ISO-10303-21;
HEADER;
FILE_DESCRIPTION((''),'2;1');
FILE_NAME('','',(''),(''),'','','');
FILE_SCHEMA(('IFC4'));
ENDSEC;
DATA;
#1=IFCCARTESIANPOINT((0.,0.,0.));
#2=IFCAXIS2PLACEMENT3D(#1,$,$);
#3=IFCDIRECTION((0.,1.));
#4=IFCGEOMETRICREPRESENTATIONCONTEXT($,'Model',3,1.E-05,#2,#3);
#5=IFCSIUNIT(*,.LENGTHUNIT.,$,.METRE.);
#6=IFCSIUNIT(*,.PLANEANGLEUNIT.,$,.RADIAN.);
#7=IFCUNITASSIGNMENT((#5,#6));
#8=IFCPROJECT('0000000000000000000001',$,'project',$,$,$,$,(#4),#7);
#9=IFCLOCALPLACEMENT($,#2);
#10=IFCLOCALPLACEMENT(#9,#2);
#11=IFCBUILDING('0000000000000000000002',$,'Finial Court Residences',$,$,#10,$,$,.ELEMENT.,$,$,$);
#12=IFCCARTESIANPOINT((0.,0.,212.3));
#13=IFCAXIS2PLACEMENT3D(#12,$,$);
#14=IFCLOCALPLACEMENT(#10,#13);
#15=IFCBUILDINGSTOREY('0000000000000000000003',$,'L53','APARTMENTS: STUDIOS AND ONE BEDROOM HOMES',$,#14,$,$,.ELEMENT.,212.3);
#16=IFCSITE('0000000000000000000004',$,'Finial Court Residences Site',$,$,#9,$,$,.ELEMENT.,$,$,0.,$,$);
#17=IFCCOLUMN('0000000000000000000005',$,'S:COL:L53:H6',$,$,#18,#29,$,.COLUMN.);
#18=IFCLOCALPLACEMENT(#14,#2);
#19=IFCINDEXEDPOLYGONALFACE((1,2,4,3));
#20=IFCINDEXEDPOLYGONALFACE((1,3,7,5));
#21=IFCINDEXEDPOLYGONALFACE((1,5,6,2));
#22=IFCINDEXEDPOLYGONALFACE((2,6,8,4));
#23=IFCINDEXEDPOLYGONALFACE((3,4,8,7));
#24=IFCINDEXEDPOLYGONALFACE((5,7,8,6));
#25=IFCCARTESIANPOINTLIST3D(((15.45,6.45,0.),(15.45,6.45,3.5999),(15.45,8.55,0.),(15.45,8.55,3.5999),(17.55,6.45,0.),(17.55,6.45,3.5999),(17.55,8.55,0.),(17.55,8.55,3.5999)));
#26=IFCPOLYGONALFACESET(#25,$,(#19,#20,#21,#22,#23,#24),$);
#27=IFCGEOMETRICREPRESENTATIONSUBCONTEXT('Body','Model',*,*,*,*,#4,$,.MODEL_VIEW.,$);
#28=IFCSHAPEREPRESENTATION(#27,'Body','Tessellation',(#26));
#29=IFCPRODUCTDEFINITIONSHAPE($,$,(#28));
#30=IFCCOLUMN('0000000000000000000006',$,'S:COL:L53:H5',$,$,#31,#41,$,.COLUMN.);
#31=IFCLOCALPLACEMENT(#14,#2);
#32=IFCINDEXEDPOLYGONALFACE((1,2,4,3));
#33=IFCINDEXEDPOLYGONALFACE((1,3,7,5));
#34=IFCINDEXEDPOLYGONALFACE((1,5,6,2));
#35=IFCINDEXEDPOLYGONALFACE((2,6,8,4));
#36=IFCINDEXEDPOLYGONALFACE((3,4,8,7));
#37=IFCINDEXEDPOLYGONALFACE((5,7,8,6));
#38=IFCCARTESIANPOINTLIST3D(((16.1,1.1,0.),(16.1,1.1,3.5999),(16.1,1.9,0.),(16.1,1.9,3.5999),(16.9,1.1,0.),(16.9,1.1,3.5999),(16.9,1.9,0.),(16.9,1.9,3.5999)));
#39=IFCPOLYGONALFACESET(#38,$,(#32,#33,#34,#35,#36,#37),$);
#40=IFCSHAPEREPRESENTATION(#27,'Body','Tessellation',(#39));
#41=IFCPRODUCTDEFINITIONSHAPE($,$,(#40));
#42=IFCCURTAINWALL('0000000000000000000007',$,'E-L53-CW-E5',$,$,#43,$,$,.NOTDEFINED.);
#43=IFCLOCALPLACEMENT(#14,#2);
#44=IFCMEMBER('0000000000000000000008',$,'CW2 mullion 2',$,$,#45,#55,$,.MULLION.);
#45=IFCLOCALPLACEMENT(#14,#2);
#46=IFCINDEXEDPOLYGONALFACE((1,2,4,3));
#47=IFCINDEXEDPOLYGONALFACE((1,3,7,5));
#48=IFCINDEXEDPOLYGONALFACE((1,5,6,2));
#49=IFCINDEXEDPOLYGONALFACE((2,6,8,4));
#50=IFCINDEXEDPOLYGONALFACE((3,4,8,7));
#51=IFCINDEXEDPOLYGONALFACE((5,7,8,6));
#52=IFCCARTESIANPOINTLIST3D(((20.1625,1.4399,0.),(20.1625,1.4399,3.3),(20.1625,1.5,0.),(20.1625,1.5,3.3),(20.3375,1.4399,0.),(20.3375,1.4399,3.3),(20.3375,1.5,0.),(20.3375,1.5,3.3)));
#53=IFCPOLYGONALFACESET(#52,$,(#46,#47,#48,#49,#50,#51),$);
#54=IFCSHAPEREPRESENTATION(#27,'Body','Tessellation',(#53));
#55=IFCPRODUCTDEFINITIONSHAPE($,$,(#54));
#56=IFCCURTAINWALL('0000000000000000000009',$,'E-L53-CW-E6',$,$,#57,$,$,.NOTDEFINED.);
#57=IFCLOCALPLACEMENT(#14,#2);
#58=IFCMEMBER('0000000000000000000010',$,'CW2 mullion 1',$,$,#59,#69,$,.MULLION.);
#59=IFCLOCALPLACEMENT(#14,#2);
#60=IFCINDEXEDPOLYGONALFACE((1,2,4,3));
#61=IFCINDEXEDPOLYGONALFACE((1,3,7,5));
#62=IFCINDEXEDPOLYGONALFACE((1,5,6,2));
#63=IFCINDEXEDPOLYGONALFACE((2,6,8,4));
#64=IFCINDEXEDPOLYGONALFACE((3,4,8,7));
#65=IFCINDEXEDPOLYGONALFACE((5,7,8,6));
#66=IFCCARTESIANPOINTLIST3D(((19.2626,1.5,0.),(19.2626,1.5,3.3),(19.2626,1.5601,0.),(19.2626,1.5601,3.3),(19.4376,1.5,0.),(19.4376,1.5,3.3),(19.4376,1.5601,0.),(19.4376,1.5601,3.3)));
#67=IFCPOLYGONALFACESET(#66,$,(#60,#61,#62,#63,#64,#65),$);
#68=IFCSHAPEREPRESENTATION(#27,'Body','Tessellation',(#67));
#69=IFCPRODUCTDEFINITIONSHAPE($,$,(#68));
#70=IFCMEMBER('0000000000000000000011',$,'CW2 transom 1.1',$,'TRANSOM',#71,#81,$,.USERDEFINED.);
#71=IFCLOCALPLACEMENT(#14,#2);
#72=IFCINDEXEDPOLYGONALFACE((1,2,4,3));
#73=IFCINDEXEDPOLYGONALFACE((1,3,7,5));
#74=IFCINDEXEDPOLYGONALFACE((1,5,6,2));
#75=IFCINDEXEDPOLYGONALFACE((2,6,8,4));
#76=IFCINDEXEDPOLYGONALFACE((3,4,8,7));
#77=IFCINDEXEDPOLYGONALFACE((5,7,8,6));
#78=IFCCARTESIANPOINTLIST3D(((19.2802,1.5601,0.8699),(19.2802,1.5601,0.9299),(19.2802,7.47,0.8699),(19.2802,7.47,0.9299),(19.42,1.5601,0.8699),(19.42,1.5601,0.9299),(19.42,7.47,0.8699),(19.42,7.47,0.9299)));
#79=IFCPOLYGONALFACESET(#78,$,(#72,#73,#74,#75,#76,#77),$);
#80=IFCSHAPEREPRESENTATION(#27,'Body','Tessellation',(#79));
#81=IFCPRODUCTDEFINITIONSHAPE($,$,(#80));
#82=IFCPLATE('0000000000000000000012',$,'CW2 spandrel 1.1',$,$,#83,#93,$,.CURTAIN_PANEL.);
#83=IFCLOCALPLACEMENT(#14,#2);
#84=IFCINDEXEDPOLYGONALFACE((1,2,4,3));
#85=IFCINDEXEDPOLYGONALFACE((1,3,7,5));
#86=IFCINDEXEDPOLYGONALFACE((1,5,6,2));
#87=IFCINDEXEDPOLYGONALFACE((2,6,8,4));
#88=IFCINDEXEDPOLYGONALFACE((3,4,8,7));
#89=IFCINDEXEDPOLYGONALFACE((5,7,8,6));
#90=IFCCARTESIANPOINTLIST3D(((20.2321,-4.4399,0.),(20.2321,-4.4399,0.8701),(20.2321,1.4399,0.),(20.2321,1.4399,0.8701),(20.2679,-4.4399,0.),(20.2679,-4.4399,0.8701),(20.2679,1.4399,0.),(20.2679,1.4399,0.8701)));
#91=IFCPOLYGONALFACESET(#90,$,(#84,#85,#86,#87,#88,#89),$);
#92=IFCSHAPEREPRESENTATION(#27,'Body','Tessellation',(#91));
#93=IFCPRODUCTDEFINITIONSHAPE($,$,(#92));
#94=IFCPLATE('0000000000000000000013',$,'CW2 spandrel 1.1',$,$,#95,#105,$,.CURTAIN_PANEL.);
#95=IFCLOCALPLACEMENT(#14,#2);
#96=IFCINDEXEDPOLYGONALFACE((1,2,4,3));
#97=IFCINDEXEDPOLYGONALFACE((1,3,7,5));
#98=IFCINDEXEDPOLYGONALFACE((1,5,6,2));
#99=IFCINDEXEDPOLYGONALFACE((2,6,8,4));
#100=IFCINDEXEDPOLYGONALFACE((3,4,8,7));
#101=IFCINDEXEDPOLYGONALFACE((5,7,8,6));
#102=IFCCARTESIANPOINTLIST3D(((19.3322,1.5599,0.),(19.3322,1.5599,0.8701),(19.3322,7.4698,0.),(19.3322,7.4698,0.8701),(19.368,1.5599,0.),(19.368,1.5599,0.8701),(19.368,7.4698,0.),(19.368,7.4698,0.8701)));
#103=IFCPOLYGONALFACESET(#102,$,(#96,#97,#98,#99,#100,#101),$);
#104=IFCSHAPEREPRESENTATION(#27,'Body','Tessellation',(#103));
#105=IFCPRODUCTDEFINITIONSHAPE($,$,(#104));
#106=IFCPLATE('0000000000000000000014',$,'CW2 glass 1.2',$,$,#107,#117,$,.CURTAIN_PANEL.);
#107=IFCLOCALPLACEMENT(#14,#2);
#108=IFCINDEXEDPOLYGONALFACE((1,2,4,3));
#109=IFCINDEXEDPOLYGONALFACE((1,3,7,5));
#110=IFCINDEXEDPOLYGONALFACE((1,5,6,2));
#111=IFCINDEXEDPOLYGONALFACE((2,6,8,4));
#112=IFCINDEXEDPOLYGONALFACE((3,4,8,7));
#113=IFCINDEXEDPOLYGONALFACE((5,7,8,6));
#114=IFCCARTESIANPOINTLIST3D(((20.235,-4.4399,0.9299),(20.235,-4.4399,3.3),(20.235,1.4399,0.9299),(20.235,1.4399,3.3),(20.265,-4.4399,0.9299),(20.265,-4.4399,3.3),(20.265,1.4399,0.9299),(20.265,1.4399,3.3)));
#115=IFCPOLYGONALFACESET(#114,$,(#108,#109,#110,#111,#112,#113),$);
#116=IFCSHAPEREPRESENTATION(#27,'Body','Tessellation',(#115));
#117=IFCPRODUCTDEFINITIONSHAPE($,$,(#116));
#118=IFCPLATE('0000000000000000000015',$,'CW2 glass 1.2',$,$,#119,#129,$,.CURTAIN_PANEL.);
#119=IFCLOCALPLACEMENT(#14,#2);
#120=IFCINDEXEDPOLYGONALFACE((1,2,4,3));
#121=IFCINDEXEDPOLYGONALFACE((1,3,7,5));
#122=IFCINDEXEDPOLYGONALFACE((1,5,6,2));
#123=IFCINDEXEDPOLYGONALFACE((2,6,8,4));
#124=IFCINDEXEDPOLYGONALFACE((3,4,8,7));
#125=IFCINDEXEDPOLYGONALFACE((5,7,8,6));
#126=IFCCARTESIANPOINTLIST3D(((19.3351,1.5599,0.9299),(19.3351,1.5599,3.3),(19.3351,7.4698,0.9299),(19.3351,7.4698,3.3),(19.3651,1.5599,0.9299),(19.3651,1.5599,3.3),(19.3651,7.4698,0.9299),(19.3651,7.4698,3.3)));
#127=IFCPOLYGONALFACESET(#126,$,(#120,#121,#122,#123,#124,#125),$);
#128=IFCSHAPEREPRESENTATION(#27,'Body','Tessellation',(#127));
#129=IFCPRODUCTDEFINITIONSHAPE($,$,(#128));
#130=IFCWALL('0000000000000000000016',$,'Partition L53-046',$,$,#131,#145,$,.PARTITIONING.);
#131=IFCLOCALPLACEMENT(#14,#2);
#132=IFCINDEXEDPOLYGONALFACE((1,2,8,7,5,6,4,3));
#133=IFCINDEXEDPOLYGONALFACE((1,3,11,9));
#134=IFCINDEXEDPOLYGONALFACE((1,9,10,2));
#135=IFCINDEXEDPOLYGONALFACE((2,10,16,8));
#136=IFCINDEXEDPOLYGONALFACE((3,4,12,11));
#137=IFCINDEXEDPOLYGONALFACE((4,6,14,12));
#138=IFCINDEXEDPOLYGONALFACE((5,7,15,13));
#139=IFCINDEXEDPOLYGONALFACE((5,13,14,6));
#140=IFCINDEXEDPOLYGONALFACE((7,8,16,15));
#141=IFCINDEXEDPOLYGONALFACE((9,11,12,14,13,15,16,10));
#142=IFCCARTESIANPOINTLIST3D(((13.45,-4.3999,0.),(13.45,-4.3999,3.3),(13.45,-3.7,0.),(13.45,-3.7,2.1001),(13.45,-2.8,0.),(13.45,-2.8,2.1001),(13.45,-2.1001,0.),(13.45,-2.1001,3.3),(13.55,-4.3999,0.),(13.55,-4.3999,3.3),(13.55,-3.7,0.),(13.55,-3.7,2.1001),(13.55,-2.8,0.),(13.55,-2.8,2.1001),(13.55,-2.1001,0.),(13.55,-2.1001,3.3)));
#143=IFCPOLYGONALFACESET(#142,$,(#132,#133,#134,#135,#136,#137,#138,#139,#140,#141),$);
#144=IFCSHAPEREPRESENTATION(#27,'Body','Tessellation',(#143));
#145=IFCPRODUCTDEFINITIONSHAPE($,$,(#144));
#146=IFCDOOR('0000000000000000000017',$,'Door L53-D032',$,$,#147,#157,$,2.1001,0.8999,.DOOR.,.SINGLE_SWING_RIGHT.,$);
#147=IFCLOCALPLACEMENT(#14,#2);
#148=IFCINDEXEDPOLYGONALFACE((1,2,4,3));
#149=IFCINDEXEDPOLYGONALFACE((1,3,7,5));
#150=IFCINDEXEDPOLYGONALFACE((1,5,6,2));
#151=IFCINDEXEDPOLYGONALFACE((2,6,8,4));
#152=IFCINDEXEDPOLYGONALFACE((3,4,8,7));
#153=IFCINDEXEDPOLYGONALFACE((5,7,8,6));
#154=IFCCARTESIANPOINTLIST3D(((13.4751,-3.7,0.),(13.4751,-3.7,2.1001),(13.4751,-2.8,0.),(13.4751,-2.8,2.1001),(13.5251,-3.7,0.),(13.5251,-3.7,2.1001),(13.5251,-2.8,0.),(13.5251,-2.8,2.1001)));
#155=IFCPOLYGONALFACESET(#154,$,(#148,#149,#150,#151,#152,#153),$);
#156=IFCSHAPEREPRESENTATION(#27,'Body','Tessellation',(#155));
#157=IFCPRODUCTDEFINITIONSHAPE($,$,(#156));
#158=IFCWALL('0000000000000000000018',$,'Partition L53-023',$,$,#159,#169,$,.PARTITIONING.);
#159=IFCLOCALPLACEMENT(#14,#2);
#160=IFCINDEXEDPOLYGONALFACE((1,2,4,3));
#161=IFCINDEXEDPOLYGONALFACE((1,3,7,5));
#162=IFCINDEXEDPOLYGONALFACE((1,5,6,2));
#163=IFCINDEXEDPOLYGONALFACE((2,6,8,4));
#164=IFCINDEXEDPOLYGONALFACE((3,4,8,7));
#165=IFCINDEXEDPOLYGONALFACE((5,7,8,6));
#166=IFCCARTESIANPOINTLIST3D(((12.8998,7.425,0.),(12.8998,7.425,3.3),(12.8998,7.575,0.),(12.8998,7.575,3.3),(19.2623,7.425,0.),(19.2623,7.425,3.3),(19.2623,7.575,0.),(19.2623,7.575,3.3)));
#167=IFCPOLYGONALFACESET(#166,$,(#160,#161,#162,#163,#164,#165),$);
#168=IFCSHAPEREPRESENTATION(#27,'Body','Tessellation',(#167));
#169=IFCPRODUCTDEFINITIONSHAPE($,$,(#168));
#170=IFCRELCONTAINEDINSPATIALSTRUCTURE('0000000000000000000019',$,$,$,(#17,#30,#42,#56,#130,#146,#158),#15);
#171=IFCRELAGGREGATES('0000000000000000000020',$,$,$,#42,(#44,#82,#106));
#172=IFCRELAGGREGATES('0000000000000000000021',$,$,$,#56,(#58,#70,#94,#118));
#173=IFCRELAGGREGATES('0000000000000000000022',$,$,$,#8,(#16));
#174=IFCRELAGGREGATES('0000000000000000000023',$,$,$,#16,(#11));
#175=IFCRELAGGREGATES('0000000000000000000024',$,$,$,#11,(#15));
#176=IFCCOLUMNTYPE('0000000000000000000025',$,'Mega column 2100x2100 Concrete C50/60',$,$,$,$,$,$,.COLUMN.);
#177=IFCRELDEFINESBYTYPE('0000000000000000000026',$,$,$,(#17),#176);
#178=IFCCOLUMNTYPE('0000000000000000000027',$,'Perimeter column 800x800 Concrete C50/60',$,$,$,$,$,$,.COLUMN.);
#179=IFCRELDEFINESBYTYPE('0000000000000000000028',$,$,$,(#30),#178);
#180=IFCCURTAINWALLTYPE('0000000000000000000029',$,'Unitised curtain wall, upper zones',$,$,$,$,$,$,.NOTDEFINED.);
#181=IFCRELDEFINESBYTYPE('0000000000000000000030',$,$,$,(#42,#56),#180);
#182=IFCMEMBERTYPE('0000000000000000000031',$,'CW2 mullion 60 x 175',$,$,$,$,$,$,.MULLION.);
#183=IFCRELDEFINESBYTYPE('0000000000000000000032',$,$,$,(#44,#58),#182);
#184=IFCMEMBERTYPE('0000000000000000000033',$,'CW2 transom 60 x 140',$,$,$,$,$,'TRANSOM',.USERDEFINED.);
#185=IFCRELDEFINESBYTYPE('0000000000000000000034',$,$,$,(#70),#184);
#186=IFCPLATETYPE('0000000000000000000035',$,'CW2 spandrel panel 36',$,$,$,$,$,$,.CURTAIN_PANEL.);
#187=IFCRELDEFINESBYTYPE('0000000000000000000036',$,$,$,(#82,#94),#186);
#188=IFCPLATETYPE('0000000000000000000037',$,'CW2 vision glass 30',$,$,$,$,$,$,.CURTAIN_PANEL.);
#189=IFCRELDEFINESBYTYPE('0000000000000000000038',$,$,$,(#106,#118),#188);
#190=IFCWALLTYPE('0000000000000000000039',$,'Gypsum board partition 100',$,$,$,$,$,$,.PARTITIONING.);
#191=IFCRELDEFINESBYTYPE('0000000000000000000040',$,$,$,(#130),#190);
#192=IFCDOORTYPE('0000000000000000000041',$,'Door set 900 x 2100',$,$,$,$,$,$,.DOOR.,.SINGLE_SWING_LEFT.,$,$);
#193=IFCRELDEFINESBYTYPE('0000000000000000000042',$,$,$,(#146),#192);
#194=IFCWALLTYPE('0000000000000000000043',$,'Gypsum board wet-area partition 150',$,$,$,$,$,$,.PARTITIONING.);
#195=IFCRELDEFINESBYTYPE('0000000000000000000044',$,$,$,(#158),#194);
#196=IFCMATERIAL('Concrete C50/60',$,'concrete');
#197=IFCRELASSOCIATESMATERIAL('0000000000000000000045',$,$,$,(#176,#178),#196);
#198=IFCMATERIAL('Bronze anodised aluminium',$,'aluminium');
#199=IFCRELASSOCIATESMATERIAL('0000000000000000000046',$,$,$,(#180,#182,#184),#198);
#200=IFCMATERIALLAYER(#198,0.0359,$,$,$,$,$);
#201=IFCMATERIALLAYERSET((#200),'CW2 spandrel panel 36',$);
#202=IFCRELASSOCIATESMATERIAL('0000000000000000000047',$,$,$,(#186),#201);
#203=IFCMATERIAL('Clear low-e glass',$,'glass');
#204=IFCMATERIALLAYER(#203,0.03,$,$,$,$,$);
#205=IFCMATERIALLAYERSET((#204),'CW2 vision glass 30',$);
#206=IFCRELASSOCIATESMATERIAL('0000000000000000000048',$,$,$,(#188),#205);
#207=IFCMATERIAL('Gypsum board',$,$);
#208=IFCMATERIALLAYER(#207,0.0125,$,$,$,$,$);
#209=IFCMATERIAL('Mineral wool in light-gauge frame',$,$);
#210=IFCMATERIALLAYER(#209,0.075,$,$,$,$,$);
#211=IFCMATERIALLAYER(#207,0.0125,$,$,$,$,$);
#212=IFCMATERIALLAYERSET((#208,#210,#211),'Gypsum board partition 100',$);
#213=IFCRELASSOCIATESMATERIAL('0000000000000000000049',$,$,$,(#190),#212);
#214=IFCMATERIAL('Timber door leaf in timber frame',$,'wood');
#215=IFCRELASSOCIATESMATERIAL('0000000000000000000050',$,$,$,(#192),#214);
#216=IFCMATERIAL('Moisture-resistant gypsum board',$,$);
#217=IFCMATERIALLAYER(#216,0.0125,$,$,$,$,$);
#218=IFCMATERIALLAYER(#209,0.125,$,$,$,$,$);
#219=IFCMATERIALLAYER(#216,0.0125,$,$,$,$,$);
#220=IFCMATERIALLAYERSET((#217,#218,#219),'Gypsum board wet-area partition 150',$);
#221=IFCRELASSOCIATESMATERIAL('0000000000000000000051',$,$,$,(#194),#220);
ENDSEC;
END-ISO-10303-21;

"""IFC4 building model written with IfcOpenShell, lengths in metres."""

from ifc_helpers import new_model, si_unit, direction, frame, frame_2d, origin, origin_2d, place, context, subcontext, project, spatial, rectangle, extrude, material, layer, layer_set, material_profile, profile_set, type_object, element, fill, aggregate, save


model = new_model("IFC4")

# Units and contexts
model_context = context("Model", 3, precision=1e-05, world=origin(), true_north=direction((0.0, 1.0)))
body_context = subcontext(model_context, "Body", "Model", "MODEL_VIEW")
ifc_project = project(units=[si_unit("LENGTHUNIT", "METRE"), si_unit("PLANEANGLEUNIT", "RADIAN")], contexts=[model_context])

# Site, building, storey
site_placement = place(None, origin())
site = spatial("IfcSite", under=ifc_project, at=site_placement, Name="Finial Court Residences Site", CompositionType="ELEMENT", RefElevation=0.0)
building_placement = place(site_placement, origin())
building = spatial("IfcBuilding", under=site, at=building_placement, Name="Finial Court Residences", CompositionType="ELEMENT")
storey_placement = place(building_placement, frame((0.0, 0.0, 212.3)))
storey = spatial("IfcBuildingStorey", under=building, at=storey_placement, Name="L53", Description="APARTMENTS: STUDIOS AND ONE BEDROOM HOMES", CompositionType="ELEMENT", Elevation=212.3)

# Columns
ifc_material_1 = material(Name="Concrete C50/60", Category="concrete")
ifc_material_profile_1 = material_profile(ifc_material_1, rectangle(XDim=2.1001, YDim=2.1001, at=origin_2d()), Name="2100x2100")
ifc_profile_set_1 = profile_set([ifc_material_profile_1], Name="Concrete C50/60")
column_type_1 = type_object("IfcColumnType", Name="Mega column 2100x2100 Concrete C50/60", PredefinedType="COLUMN", material=ifc_profile_set_1)
column_1_placement = place(storey_placement, frame((16.5, 7.5, 0.0), z_axis=(0.0, 0.0, 1.0), x_axis=(1.0, 0.0, 0.0)))
element("IfcColumn", 1, at=column_1_placement, inside=storey, type_object=column_type_1, Name="S:COL:L53:H6", PredefinedType="COLUMN", context=body_context, shape_type="SweptSolid", body=[
    extrude(rectangle(XDim=2.1001, YDim=2.1001, at=origin_2d()), origin(), (0.0, 0.0, 1.0), 3.5999),
])
ifc_material_profile_2 = material_profile(ifc_material_1, rectangle(XDim=0.8, YDim=0.8, at=origin_2d()), Name="800x800")
ifc_profile_set_2 = profile_set([ifc_material_profile_2], Name="Concrete C50/60")
column_type_2 = type_object("IfcColumnType", Name="Perimeter column 800x800 Concrete C50/60", PredefinedType="COLUMN", material=ifc_profile_set_2)
column_2_placement = place(storey_placement, frame((16.5, 1.5, 0.0), z_axis=(0.0, 0.0, 1.0), x_axis=(1.0, 0.0, 0.0)))
element("IfcColumn", 2, at=column_2_placement, inside=storey, type_object=column_type_2, Name="S:COL:L53:H5", PredefinedType="COLUMN", context=body_context, shape_type="SweptSolid", body=[
    extrude(rectangle(XDim=0.8, YDim=0.8, at=origin_2d()), origin(), (0.0, 0.0, 1.0), 3.5999),
])

# Curtain wall, member
ifc_material_2 = material(Name="Bronze anodised aluminium", Category="aluminium")
curtain_wall_type = type_object("IfcCurtainWallType", Name="Unitised curtain wall, upper zones", PredefinedType="NOTDEFINED", material=ifc_material_2)
curtain_wall_1_placement = place(storey_placement, origin())
curtain_wall_1 = element("IfcCurtainWall", 3, at=curtain_wall_1_placement, inside=storey, type_object=curtain_wall_type, Name="E-L53-CW-E5", PredefinedType="NOTDEFINED")
ifc_material_profile_3 = material_profile(ifc_material_2, rectangle(XDim=0.175, YDim=0.0601, at=origin_2d()), Name="CW2 mullion 60 x 175")
ifc_profile_set_3 = profile_set([ifc_material_profile_3], Name="Bronze anodised aluminium")
member_type_1 = type_object("IfcMemberType", Name="CW2 mullion 60 x 175", PredefinedType="MULLION", material=ifc_profile_set_3)
member_1_placement = place(storey_placement, frame((20.25, 1.47, 0.0), z_axis=(0.0, 0.0, 1.0), x_axis=(-1.0, 0.0, 0.0)))
member_1 = element("IfcMember", 4, at=member_1_placement, type_object=member_type_1, Name="CW2 mullion 2", PredefinedType="MULLION", context=body_context, shape_type="SweptSolid", body=[
    extrude(rectangle(XDim=0.175, YDim=0.0601, at=origin_2d()), origin(), (0.0, 0.0, 1.0), 3.3),
])

# Curtain wall, members
curtain_wall_2_placement = place(storey_placement, origin())
curtain_wall_2 = element("IfcCurtainWall", 5, at=curtain_wall_2_placement, inside=storey, type_object=curtain_wall_type, Name="E-L53-CW-E6", PredefinedType="NOTDEFINED")
member_2_placement = place(storey_placement, frame((19.3501, 1.53, 0.0), z_axis=(0.0, 0.0, 1.0), x_axis=(-1.0, 0.0, 0.0)))
member_2 = element("IfcMember", 6, at=member_2_placement, type_object=member_type_1, Name="CW2 mullion 1", PredefinedType="MULLION", context=body_context, shape_type="SweptSolid", body=[
    extrude(rectangle(XDim=0.175, YDim=0.0601, at=origin_2d()), origin(), (0.0, 0.0, 1.0), 3.3),
])
ifc_material_profile_4 = material_profile(ifc_material_2, rectangle(XDim=0.1399, YDim=0.0601, at=origin_2d()), Name="CW2 transom 60 x 140")
ifc_profile_set_4 = profile_set([ifc_material_profile_4], Name="Bronze anodised aluminium")
member_type_2 = type_object("IfcMemberType", Name="CW2 transom 60 x 140", ElementType="TRANSOM", PredefinedType="USERDEFINED", material=ifc_profile_set_4)
member_3_placement = place(storey_placement, frame((19.3501, 1.5601, 0.8999), z_axis=(0.0, 1.0, 0.0), x_axis=(-1.0, 0.0, 0.0)))
member_3 = element("IfcMember", 7, at=member_3_placement, type_object=member_type_2, Name="CW2 transom 1.1", ObjectType="TRANSOM", PredefinedType="USERDEFINED", context=body_context, shape_type="SweptSolid", body=[
    extrude(rectangle(XDim=0.1399, YDim=0.0601, at=origin_2d()), origin(), (0.0, 0.0, 1.0), 5.9099),
])

# Plates
ifc_layer_1 = layer(ifc_material_2, 0.0359)
ifc_layer_set_1 = layer_set([ifc_layer_1], Name="CW2 spandrel panel 36")
plate_type_1 = type_object("IfcPlateType", Name="CW2 spandrel panel 36", PredefinedType="CURTAIN_PANEL", material=ifc_layer_set_1)
plate_1_placement = place(storey_placement, frame((20.25, -1.5, 0.0), z_axis=(0.0, 0.0, 1.0), x_axis=(0.0, 1.0, 0.0)))
plate_1 = element("IfcPlate", 8, at=plate_1_placement, type_object=plate_type_1, Name="CW2 spandrel 1.1", PredefinedType="CURTAIN_PANEL", context=body_context, shape_type="SweptSolid", body=[
    extrude(rectangle(XDim=5.8799, YDim=0.0359, at=origin_2d()), origin(), (0.0, 0.0, 1.0), 0.8701),
])
plate_2_placement = place(storey_placement, frame((19.3501, 4.5149, 0.0), z_axis=(0.0, 0.0, 1.0), x_axis=(0.0, 1.0, 0.0)))
plate_2 = element("IfcPlate", 9, at=plate_2_placement, type_object=plate_type_1, Name="CW2 spandrel 1.1", PredefinedType="CURTAIN_PANEL", context=body_context, shape_type="SweptSolid", body=[
    extrude(rectangle(XDim=5.9099, YDim=0.0359, at=origin_2d()), origin(), (0.0, 0.0, 1.0), 0.8701),
])
ifc_material_3 = material(Name="Clear low-e glass", Category="glass")
ifc_layer_2 = layer(ifc_material_3, 0.03)
ifc_layer_set_2 = layer_set([ifc_layer_2], Name="CW2 vision glass 30")
plate_type_2 = type_object("IfcPlateType", Name="CW2 vision glass 30", PredefinedType="CURTAIN_PANEL", material=ifc_layer_set_2)
plate_3_placement = place(storey_placement, frame((20.25, -1.5, 0.9299), z_axis=(0.0, 0.0, 1.0), x_axis=(0.0, 1.0, 0.0)))
plate_3 = element("IfcPlate", 10, at=plate_3_placement, type_object=plate_type_2, Name="CW2 glass 1.2", PredefinedType="CURTAIN_PANEL", context=body_context, shape_type="SweptSolid", body=[
    extrude(rectangle(XDim=5.8799, YDim=0.03, at=origin_2d()), origin(), (0.0, 0.0, 1.0), 2.3701),
])
aggregate(curtain_wall_1, [member_1, plate_1, plate_3])
plate_4_placement = place(storey_placement, frame((19.3501, 4.5149, 0.9299), z_axis=(0.0, 0.0, 1.0), x_axis=(0.0, 1.0, 0.0)))
plate_4 = element("IfcPlate", 11, at=plate_4_placement, type_object=plate_type_2, Name="CW2 glass 1.2", PredefinedType="CURTAIN_PANEL", context=body_context, shape_type="SweptSolid", body=[
    extrude(rectangle(XDim=5.9099, YDim=0.03, at=origin_2d()), origin(), (0.0, 0.0, 1.0), 2.3701),
])
aggregate(curtain_wall_2, [member_2, member_3, plate_2, plate_4])

# Wall, opening, door
ifc_material_4 = material(Name="Gypsum board")
ifc_layer_3 = layer(ifc_material_4, 0.0125)
ifc_material_5 = material(Name="Mineral wool in light-gauge frame")
ifc_layer_4 = layer(ifc_material_5, 0.075)
ifc_layer_5 = layer(ifc_material_4, 0.0125)
ifc_layer_set_3 = layer_set([ifc_layer_3, ifc_layer_4, ifc_layer_5], Name="Gypsum board partition 100")
wall_type_1 = type_object("IfcWallType", Name="Gypsum board partition 100", PredefinedType="PARTITIONING", material=ifc_layer_set_3)
wall_1_placement = place(storey_placement, frame((13.5, -4.3999, 0.0), z_axis=(0.0, 0.0, 1.0), x_axis=(0.0, 1.0, 0.0)))
wall_1 = element("IfcWall", 12, at=wall_1_placement, inside=storey, type_object=wall_type_1, Name="Partition L53-046", PredefinedType="PARTITIONING", context=body_context, shape_type="SweptSolid", body=[
    extrude(rectangle(XDim=2.2998, YDim=0.1001, at=frame_2d((1.1499, 0.0))), origin(), (0.0, 0.0, 1.0), 3.3),
])
opening_1_placement = place(wall_1_placement, frame((0.7, 0.0, 0.0)))
opening_1 = element("IfcOpeningElement", 13, at=opening_1_placement, cuts=wall_1, PredefinedType="OPENING", context=body_context, shape_type="SweptSolid", body=[
    extrude(rectangle(XDim=0.8999, YDim=2.1001, at=frame_2d((0.45, 1.05))), frame((0.0, 0.0601, 0.0), z_axis=(0.0, -1.0, 0.0), x_axis=(1.0, 0.0, 0.0)), (0.0, 0.0, 1.0), 0.1201),
])
ifc_material_6 = material(Name="Timber door leaf in timber frame", Category="wood")
door_type = type_object("IfcDoorType", Name="Door set 900 x 2100", OperationType="SINGLE_SWING_LEFT", PredefinedType="DOOR", material=ifc_material_6)
door_1_placement = place(opening_1_placement, origin())
door_1 = element("IfcDoor", 14, at=door_1_placement, inside=storey, type_object=door_type, Name="Door L53-D032", OperationType="SINGLE_SWING_RIGHT", OverallHeight=2.1001, OverallWidth=0.8999, PredefinedType="DOOR", context=body_context, shape_type="SweptSolid", body=[
    extrude(rectangle(XDim=0.8999, YDim=2.1001, at=frame_2d((0.45, 1.05))), frame((0.0, 0.0249, 0.0), z_axis=(0.0, -1.0, 0.0), x_axis=(1.0, 0.0, 0.0)), (0.0, 0.0, 1.0), 0.05),
])
fill(opening_1, door_1)

# Wall
ifc_material_7 = material(Name="Moisture-resistant gypsum board")
ifc_layer_6 = layer(ifc_material_7, 0.0125)
ifc_layer_7 = layer(ifc_material_5, 0.125)
ifc_layer_8 = layer(ifc_material_7, 0.0125)
ifc_layer_set_4 = layer_set([ifc_layer_6, ifc_layer_7, ifc_layer_8], Name="Gypsum board wet-area partition 150")
wall_type_2 = type_object("IfcWallType", Name="Gypsum board wet-area partition 150", PredefinedType="PARTITIONING", material=ifc_layer_set_4)
wall_2_placement = place(storey_placement, frame((12.8999, 7.5, 0.0), z_axis=(0.0, 0.0, 1.0), x_axis=(1.0, 0.0, 0.0)))
element("IfcWall", 15, at=wall_2_placement, inside=storey, type_object=wall_type_2, Name="Partition L53-023", PredefinedType="PARTITIONING", context=body_context, shape_type="SweptSolid", body=[
    extrude(rectangle(XDim=6.3625, YDim=0.1499, at=frame_2d((3.1812, 0.0))), origin(), (0.0, 0.0, 1.0), 3.3),
])

save(model, "model.ifc")
